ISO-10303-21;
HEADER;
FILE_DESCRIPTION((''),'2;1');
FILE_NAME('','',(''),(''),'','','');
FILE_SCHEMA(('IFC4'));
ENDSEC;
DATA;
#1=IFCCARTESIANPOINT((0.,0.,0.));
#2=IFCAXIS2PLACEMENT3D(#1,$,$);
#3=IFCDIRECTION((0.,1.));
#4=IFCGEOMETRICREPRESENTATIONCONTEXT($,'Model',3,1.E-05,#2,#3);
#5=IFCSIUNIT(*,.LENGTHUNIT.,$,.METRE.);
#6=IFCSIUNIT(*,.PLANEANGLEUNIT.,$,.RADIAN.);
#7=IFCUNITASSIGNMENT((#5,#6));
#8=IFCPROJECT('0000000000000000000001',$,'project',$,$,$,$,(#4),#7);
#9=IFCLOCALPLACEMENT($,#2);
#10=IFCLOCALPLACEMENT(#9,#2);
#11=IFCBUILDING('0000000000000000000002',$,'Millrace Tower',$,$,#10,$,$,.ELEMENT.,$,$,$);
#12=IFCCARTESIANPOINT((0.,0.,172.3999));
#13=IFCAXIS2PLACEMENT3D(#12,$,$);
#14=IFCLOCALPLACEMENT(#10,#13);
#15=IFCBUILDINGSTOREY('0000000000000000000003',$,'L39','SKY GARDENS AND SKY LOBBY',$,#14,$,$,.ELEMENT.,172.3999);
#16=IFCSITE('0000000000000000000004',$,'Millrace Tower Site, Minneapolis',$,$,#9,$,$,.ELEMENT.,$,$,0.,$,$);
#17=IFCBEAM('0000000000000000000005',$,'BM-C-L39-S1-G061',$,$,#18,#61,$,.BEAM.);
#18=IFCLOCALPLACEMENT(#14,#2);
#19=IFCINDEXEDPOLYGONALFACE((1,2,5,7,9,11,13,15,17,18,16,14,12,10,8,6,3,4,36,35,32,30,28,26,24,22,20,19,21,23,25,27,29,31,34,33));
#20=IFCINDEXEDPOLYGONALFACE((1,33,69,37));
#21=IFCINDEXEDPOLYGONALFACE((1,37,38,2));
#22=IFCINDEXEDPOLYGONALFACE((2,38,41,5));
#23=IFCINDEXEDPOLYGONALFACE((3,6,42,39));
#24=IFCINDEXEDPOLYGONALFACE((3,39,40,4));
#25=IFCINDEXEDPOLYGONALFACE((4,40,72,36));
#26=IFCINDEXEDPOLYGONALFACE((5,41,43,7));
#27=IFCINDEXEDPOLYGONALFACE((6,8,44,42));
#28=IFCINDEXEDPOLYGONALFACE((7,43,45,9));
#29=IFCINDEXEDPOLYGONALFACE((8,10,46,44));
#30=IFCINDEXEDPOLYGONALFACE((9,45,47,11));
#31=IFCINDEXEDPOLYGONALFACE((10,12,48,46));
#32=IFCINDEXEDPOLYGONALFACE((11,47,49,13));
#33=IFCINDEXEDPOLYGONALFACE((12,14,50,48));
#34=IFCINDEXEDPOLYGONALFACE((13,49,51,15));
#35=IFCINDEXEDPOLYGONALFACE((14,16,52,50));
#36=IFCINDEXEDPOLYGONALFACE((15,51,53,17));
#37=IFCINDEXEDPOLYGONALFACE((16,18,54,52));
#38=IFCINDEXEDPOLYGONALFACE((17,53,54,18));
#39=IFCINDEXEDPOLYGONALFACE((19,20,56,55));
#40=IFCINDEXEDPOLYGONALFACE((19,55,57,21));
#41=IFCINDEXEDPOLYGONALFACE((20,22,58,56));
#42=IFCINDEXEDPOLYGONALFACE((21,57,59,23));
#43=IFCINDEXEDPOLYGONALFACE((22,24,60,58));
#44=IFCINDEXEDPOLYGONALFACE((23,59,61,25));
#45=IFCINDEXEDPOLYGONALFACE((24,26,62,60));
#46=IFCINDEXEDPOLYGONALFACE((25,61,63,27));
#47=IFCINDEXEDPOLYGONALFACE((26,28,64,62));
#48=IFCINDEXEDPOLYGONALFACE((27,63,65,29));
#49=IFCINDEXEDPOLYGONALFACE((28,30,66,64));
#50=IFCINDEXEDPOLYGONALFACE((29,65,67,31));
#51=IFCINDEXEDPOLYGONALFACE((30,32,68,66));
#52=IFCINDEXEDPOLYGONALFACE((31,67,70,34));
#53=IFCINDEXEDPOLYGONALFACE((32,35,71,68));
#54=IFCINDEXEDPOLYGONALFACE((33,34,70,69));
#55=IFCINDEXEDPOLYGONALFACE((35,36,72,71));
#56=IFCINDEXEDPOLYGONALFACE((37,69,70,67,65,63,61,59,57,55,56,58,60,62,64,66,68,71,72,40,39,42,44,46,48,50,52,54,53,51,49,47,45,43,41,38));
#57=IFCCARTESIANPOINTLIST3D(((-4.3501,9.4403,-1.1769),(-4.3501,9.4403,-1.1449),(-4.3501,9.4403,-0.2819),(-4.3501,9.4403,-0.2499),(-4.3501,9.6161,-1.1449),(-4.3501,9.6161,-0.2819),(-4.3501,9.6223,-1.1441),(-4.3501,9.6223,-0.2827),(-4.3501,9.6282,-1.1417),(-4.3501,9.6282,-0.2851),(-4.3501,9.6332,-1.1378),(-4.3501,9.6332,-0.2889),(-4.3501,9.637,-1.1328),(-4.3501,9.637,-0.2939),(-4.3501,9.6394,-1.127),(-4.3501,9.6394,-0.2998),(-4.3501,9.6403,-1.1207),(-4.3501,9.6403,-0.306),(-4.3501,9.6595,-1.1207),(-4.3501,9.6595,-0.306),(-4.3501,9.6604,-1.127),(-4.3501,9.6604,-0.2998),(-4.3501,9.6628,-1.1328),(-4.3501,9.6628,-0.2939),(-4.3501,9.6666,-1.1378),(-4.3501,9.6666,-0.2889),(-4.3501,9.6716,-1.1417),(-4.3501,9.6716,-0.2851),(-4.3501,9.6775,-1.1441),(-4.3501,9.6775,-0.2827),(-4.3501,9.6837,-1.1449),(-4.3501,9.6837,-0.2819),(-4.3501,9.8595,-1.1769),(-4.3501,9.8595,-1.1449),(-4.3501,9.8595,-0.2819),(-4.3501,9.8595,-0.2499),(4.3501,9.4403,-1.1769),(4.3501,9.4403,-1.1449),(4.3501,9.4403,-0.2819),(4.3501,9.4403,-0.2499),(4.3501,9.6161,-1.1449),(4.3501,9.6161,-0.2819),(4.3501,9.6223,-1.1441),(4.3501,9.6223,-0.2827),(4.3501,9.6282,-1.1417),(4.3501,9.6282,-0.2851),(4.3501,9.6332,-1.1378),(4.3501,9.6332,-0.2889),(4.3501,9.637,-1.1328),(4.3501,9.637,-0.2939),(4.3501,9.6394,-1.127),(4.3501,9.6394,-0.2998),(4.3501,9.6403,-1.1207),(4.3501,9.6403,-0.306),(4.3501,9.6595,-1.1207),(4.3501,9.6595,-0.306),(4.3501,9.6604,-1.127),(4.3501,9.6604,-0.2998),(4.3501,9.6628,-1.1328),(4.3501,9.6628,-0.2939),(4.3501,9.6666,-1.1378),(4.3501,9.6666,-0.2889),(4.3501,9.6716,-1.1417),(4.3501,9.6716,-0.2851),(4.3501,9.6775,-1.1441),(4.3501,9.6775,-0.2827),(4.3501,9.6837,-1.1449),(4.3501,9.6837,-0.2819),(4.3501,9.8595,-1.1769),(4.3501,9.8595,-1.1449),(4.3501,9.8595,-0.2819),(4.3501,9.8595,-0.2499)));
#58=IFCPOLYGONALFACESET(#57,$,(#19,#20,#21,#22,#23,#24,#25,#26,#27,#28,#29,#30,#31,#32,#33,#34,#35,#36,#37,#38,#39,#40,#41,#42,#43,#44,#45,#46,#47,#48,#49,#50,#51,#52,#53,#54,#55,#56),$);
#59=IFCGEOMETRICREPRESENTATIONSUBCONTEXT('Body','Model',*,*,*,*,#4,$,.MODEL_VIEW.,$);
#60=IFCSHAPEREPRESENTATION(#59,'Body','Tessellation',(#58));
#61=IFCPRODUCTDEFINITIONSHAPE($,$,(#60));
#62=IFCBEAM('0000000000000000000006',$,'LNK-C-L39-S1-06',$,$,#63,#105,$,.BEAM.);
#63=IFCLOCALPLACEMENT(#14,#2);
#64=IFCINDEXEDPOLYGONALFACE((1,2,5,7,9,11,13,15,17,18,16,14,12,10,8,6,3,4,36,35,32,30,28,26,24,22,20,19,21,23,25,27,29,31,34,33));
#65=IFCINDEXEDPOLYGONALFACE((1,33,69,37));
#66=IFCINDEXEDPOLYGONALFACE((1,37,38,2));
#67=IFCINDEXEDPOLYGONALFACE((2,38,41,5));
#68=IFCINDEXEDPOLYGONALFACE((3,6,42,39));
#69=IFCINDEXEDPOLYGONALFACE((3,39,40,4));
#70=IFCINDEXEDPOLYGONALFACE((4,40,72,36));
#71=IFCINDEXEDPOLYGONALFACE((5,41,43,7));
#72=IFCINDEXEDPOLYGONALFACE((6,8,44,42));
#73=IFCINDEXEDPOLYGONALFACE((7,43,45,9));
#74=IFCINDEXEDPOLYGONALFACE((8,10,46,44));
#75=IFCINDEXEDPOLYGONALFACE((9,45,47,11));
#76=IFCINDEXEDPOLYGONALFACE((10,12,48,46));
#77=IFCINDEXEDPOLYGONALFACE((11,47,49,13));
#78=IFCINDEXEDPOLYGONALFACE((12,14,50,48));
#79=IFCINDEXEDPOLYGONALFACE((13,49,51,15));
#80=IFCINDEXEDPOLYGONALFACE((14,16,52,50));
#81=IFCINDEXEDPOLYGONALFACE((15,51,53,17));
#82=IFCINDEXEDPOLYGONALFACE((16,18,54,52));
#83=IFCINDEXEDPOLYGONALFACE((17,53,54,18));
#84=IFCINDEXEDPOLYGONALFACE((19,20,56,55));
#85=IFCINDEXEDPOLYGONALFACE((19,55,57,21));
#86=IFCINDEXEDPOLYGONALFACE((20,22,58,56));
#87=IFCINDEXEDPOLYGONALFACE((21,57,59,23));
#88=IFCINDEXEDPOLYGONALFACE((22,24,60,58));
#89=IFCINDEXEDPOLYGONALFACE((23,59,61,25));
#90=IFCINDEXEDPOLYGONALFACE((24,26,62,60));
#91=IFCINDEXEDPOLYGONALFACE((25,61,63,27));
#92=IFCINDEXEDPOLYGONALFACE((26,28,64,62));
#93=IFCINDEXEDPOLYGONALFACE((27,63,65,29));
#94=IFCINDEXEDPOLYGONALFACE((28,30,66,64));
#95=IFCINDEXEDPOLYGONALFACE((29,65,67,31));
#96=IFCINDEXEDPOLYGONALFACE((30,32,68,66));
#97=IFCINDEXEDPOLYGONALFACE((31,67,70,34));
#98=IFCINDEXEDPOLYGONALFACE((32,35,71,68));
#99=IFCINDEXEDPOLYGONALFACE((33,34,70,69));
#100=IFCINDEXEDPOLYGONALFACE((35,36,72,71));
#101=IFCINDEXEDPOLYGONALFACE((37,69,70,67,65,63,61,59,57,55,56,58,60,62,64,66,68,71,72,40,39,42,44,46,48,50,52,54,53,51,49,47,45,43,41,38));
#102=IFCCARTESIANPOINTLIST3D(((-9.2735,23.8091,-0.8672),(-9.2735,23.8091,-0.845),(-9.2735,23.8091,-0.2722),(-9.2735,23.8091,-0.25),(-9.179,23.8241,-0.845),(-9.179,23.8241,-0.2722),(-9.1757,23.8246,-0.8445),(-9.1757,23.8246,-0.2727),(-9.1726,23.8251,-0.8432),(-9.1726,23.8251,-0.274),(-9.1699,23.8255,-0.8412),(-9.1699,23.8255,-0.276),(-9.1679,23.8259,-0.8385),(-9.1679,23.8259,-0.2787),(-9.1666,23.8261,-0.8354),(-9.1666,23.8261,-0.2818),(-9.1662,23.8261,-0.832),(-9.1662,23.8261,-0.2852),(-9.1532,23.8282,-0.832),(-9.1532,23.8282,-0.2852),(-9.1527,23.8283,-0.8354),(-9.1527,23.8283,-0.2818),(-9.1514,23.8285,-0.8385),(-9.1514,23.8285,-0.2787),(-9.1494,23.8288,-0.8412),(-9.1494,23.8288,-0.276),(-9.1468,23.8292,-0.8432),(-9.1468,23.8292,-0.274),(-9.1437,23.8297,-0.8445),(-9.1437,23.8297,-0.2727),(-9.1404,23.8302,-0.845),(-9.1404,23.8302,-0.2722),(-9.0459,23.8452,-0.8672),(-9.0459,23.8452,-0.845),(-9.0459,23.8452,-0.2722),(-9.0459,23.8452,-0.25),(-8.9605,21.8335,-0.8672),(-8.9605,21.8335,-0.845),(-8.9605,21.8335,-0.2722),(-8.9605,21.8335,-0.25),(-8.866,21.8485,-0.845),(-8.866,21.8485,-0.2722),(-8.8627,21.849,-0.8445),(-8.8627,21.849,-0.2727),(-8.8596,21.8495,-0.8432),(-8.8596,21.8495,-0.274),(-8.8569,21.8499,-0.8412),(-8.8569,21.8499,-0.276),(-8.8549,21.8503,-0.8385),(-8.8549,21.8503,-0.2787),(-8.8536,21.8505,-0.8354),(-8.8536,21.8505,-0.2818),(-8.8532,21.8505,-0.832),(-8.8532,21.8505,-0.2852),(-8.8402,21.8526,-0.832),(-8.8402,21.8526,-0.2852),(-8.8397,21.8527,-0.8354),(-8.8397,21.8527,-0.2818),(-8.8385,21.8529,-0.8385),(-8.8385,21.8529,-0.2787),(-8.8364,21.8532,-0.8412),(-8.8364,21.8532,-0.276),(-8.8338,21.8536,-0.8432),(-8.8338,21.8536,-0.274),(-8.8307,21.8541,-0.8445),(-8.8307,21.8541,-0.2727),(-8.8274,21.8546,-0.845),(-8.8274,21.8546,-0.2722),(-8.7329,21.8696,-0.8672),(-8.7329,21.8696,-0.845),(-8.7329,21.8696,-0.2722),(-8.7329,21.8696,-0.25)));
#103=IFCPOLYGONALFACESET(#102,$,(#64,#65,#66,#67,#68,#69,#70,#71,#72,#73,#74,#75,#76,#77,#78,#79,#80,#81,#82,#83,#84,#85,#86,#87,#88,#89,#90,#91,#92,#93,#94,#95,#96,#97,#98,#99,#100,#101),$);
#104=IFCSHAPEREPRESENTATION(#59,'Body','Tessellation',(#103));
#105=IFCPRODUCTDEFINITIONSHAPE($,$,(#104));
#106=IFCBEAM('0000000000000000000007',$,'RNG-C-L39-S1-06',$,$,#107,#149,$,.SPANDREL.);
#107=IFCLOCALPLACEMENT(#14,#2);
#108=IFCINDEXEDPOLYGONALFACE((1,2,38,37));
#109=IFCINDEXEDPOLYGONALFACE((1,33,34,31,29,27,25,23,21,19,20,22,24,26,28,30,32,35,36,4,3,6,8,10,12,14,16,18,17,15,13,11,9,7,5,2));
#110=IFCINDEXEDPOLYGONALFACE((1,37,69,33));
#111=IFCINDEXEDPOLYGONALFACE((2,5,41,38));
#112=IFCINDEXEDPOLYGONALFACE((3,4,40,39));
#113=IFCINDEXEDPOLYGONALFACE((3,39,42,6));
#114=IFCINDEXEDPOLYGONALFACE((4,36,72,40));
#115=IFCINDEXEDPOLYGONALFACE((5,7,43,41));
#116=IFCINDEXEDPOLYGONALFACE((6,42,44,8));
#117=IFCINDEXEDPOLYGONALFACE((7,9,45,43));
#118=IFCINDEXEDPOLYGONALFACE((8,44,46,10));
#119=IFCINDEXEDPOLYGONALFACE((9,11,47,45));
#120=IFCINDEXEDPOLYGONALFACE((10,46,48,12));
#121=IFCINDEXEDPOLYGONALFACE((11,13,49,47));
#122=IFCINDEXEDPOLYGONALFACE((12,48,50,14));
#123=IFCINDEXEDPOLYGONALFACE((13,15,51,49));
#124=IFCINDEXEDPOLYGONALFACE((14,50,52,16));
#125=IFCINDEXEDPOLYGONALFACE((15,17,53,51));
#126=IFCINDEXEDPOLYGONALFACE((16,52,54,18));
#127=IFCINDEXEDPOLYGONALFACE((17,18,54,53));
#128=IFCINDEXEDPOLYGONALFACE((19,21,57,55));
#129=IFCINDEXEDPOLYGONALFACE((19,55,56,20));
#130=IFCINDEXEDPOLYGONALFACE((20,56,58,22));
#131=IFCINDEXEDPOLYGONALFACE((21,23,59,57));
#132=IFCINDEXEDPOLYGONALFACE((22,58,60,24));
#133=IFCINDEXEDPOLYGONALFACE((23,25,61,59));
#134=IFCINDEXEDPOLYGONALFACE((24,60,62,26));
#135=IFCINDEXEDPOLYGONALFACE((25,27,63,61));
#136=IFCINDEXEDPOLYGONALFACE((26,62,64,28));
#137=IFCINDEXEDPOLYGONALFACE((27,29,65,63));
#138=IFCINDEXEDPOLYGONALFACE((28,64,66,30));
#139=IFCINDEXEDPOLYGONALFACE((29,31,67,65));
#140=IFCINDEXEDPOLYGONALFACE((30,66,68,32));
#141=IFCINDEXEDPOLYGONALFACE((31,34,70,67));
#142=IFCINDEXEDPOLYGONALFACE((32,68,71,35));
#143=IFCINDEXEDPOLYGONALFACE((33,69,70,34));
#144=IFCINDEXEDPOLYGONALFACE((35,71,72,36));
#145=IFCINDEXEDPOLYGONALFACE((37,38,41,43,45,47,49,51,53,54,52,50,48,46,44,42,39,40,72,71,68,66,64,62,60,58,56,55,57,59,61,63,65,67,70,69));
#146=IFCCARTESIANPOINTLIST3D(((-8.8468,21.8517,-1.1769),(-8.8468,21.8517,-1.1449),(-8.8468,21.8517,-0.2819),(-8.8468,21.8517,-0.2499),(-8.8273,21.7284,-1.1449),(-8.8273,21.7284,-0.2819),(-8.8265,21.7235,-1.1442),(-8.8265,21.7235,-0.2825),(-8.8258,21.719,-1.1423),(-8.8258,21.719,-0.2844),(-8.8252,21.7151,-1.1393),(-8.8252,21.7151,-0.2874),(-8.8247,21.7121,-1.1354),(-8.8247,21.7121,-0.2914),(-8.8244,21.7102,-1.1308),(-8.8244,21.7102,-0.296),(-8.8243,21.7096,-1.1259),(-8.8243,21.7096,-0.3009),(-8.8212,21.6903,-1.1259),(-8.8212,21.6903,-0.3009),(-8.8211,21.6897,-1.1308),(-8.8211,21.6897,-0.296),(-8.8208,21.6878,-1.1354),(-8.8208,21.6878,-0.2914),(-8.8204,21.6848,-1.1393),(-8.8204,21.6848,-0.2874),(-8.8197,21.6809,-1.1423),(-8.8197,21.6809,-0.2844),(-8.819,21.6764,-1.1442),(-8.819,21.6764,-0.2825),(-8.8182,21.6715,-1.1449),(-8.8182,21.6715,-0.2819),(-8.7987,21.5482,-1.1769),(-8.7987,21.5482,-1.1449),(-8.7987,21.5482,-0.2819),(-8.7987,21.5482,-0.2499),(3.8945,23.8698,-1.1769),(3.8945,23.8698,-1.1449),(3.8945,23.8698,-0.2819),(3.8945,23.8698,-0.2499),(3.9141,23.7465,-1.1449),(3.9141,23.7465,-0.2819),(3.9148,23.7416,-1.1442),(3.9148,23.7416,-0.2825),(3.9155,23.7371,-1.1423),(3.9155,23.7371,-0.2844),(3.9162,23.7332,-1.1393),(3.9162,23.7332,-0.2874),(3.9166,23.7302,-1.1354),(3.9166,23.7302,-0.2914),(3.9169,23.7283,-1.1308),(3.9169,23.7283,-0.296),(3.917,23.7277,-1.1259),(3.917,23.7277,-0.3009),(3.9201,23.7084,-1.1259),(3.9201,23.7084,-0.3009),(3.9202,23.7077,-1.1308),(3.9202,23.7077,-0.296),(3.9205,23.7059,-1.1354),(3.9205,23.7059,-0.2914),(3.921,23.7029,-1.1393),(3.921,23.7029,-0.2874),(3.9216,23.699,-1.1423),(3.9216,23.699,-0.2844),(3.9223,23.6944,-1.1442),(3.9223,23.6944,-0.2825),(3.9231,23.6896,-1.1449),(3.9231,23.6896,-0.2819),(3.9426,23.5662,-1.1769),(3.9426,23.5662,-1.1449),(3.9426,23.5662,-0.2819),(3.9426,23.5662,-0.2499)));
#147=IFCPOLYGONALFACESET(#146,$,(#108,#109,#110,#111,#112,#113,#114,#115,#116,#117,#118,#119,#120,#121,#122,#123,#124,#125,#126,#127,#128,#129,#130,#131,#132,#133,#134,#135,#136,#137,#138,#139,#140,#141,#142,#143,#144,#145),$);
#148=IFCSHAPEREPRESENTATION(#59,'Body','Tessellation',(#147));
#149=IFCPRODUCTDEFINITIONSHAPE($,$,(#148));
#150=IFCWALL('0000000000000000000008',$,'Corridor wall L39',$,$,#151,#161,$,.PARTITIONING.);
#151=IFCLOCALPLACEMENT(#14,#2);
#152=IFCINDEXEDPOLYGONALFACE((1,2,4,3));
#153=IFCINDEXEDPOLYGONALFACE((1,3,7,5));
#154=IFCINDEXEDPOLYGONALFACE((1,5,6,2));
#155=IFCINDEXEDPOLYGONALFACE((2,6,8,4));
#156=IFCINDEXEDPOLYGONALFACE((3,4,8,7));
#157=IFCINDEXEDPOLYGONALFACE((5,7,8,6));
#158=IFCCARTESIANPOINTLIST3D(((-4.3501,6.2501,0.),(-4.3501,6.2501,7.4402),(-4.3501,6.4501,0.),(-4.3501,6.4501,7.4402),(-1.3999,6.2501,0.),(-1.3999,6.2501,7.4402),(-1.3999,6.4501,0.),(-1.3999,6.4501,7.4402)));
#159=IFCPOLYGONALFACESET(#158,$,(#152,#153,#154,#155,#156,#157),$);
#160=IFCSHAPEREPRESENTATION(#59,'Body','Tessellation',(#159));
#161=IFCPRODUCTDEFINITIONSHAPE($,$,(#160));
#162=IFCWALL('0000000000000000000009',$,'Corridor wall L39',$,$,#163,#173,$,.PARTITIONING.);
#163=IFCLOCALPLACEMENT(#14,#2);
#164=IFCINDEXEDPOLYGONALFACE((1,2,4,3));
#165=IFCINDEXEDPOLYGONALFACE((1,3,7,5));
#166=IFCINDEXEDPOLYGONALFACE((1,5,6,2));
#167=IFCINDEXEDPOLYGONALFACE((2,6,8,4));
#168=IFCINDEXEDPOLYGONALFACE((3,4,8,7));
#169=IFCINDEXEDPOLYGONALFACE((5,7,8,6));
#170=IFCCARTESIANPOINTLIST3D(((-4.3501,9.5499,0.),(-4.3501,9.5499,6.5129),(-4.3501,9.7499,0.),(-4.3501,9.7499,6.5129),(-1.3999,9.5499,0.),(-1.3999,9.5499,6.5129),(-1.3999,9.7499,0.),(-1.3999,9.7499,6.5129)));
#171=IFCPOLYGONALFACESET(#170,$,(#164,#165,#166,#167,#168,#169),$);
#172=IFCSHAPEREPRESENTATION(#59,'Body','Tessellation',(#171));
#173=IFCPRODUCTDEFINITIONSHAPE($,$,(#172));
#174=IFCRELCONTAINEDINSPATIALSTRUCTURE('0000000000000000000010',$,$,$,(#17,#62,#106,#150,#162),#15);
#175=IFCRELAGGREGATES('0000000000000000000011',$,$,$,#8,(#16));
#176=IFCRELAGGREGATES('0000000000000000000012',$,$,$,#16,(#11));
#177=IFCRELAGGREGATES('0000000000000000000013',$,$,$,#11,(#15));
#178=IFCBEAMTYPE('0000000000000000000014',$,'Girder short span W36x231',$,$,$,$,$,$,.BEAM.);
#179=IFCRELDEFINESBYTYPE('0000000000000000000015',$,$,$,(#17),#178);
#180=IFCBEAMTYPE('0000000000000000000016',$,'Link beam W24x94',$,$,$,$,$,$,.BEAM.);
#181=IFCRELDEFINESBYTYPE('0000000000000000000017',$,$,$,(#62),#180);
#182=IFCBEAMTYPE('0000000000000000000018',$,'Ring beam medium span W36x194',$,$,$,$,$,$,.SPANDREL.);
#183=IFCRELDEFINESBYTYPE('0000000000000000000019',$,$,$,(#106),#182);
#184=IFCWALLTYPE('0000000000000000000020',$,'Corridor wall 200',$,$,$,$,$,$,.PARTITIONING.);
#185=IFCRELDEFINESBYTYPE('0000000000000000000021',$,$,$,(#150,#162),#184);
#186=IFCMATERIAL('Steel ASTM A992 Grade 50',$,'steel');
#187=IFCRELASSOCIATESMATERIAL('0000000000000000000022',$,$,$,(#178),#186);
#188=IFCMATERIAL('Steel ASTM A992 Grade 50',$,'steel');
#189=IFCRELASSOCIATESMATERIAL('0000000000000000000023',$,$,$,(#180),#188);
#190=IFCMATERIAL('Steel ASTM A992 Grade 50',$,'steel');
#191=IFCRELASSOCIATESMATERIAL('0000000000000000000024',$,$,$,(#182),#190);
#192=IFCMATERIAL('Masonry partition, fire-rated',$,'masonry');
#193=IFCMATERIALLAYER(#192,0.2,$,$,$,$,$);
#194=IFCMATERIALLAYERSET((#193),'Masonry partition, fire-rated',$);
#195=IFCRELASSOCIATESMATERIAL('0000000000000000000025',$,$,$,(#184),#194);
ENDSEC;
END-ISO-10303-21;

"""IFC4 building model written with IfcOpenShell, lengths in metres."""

from ifc_helpers import new_model, si_unit, direction, frame, frame_2d, origin, origin_2d, place, context, subcontext, project, spatial, rectangle, i_section, extrude, material, layer, layer_set, material_profile, profile_set, type_object, element, save


model = new_model("IFC4")

# Units and contexts
model_context = context("Model", 3, precision=1e-05, world=origin(), true_north=direction((0.0, 1.0)))
body_context = subcontext(model_context, "Body", "Model", "MODEL_VIEW")
ifc_project = project(units=[si_unit("LENGTHUNIT", "METRE"), si_unit("PLANEANGLEUNIT", "RADIAN")], contexts=[model_context])

# Site, building, storey
site_placement = place(None, origin())
site = spatial("IfcSite", under=ifc_project, at=site_placement, Name="Millrace Tower Site, Minneapolis", CompositionType="ELEMENT", RefElevation=0.0)
building_placement = place(site_placement, origin())
building = spatial("IfcBuilding", under=site, at=building_placement, Name="Millrace Tower", CompositionType="ELEMENT")
storey_placement = place(building_placement, frame((0.0, 0.0, 172.3999)))
storey = spatial("IfcBuildingStorey", under=building, at=storey_placement, Name="L39", Description="SKY GARDENS AND SKY LOBBY", CompositionType="ELEMENT", Elevation=172.3999)

# Beams
ifc_material_1 = material(Name="Steel ASTM A992 Grade 50", Category="steel")
ifc_material_profile_1 = material_profile(ifc_material_1, i_section(OverallWidth=0.4192, OverallDepth=0.927, WebThickness=0.0193, FlangeThickness=0.032, FilletRadius=0.0242, at=origin_2d()))
ifc_profile_set_1 = profile_set([ifc_material_profile_1], Name="Steel ASTM A992 Grade 50")
beam_type_1 = type_object("IfcBeamType", Name="Girder short span W36x231", PredefinedType="BEAM", material=ifc_profile_set_1)
beam_1_placement = place(storey_placement, frame((-4.3501, 9.6499, -0.7134), z_axis=(1.0, 0.0, 0.0), x_axis=(0.0, 1.0, 0.0)))
element("IfcBeam", 1, at=beam_1_placement, inside=storey, type_object=beam_type_1, Name="BM-C-L39-S1-G061", PredefinedType="BEAM", context=body_context, shape_type="SweptSolid", body=[
    extrude(i_section(OverallWidth=0.4192, OverallDepth=0.927, WebThickness=0.0193, FlangeThickness=0.032, FilletRadius=0.0242, at=origin_2d()), origin(), (0.0, 0.0, 1.0), 8.7002),
])
ifc_material_2 = material(Name="Steel ASTM A992 Grade 50", Category="steel")
ifc_material_profile_2 = material_profile(ifc_material_2, i_section(OverallWidth=0.2305, OverallDepth=0.6172, WebThickness=0.0132, FlangeThickness=0.0222, FilletRadius=0.0129, at=origin_2d()))
ifc_profile_set_2 = profile_set([ifc_material_profile_2], Name="Steel ASTM A992 Grade 50")
beam_type_2 = type_object("IfcBeamType", Name="Link beam W24x94", PredefinedType="BEAM", material=ifc_profile_set_2)
beam_2_placement = place(storey_placement, frame((-8.8467, 21.8516, -0.5586), z_axis=(-0.156477, 0.987682, 0.0), x_axis=(-0.987682, -0.156477, 0.0)))
element("IfcBeam", 2, at=beam_2_placement, inside=storey, type_object=beam_type_2, Name="LNK-C-L39-S1-06", PredefinedType="BEAM", context=body_context, shape_type="SweptSolid", body=[
    extrude(i_section(OverallWidth=0.2305, OverallDepth=0.6172, WebThickness=0.0132, FlangeThickness=0.0222, FilletRadius=0.0129, at=origin_2d()), origin(), (0.0, 0.0, 1.0), 2.0002),
])
ifc_material_3 = material(Name="Steel ASTM A992 Grade 50", Category="steel")
ifc_material_profile_3 = material_profile(ifc_material_3, i_section(OverallWidth=0.3074, OverallDepth=0.927, WebThickness=0.0195, FlangeThickness=0.032, FilletRadius=0.019, at=origin_2d()))
ifc_profile_set_3 = profile_set([ifc_material_profile_3], Name="Steel ASTM A992 Grade 50")
beam_type_3 = type_object("IfcBeamType", Name="Ring beam medium span W36x194", PredefinedType="SPANDREL", material=ifc_profile_set_3)
beam_3_placement = place(storey_placement, frame((-8.8228, 21.7, -0.7134), z_axis=(0.987688, 0.156439, 0.0), x_axis=(-0.156439, 0.987688, 0.0)))
element("IfcBeam", 3, at=beam_3_placement, inside=storey, type_object=beam_type_3, Name="RNG-C-L39-S1-06", PredefinedType="SPANDREL", context=body_context, shape_type="SweptSolid", body=[
    extrude(i_section(OverallWidth=0.3074, OverallDepth=0.927, WebThickness=0.0195, FlangeThickness=0.032, FilletRadius=0.019, at=origin_2d()), origin(), (0.0, 0.0, 1.0), 12.9001),
])

# Walls
ifc_material_4 = material(Name="Masonry partition, fire-rated", Category="masonry")
ifc_layer_1 = layer(ifc_material_4, 0.2)
ifc_layer_set_1 = layer_set([ifc_layer_1], Name="Masonry partition, fire-rated")
wall_type_1 = type_object("IfcWallType", Name="Corridor wall 200", PredefinedType="PARTITIONING", material=ifc_layer_set_1)
wall_1_placement = place(storey_placement, frame((-4.3501, 6.3501, 0.0), z_axis=(0.0, 0.0, 1.0), x_axis=(1.0, 0.0, 0.0)))
element("IfcWall", 4, at=wall_1_placement, inside=storey, type_object=wall_type_1, Name="Corridor wall L39", PredefinedType="PARTITIONING", context=body_context, shape_type="SweptSolid", body=[
    extrude(rectangle(XDim=2.9502, YDim=0.2, at=frame_2d((1.4751, 0.0))), origin(), (0.0, 0.0, 1.0), 7.4402),
])
wall_2_placement = place(storey_placement, frame((-4.3501, 9.6499, 0.0), z_axis=(0.0, 0.0, 1.0), x_axis=(1.0, 0.0, 0.0)))
element("IfcWall", 5, at=wall_2_placement, inside=storey, type_object=wall_type_1, Name="Corridor wall L39", PredefinedType="PARTITIONING", context=body_context, shape_type="SweptSolid", body=[
    extrude(rectangle(XDim=2.9502, YDim=0.2, at=frame_2d((1.4751, 0.0))), origin(), (0.0, 0.0, 1.0), 6.5129),
])

save(model, "model.ifc")
